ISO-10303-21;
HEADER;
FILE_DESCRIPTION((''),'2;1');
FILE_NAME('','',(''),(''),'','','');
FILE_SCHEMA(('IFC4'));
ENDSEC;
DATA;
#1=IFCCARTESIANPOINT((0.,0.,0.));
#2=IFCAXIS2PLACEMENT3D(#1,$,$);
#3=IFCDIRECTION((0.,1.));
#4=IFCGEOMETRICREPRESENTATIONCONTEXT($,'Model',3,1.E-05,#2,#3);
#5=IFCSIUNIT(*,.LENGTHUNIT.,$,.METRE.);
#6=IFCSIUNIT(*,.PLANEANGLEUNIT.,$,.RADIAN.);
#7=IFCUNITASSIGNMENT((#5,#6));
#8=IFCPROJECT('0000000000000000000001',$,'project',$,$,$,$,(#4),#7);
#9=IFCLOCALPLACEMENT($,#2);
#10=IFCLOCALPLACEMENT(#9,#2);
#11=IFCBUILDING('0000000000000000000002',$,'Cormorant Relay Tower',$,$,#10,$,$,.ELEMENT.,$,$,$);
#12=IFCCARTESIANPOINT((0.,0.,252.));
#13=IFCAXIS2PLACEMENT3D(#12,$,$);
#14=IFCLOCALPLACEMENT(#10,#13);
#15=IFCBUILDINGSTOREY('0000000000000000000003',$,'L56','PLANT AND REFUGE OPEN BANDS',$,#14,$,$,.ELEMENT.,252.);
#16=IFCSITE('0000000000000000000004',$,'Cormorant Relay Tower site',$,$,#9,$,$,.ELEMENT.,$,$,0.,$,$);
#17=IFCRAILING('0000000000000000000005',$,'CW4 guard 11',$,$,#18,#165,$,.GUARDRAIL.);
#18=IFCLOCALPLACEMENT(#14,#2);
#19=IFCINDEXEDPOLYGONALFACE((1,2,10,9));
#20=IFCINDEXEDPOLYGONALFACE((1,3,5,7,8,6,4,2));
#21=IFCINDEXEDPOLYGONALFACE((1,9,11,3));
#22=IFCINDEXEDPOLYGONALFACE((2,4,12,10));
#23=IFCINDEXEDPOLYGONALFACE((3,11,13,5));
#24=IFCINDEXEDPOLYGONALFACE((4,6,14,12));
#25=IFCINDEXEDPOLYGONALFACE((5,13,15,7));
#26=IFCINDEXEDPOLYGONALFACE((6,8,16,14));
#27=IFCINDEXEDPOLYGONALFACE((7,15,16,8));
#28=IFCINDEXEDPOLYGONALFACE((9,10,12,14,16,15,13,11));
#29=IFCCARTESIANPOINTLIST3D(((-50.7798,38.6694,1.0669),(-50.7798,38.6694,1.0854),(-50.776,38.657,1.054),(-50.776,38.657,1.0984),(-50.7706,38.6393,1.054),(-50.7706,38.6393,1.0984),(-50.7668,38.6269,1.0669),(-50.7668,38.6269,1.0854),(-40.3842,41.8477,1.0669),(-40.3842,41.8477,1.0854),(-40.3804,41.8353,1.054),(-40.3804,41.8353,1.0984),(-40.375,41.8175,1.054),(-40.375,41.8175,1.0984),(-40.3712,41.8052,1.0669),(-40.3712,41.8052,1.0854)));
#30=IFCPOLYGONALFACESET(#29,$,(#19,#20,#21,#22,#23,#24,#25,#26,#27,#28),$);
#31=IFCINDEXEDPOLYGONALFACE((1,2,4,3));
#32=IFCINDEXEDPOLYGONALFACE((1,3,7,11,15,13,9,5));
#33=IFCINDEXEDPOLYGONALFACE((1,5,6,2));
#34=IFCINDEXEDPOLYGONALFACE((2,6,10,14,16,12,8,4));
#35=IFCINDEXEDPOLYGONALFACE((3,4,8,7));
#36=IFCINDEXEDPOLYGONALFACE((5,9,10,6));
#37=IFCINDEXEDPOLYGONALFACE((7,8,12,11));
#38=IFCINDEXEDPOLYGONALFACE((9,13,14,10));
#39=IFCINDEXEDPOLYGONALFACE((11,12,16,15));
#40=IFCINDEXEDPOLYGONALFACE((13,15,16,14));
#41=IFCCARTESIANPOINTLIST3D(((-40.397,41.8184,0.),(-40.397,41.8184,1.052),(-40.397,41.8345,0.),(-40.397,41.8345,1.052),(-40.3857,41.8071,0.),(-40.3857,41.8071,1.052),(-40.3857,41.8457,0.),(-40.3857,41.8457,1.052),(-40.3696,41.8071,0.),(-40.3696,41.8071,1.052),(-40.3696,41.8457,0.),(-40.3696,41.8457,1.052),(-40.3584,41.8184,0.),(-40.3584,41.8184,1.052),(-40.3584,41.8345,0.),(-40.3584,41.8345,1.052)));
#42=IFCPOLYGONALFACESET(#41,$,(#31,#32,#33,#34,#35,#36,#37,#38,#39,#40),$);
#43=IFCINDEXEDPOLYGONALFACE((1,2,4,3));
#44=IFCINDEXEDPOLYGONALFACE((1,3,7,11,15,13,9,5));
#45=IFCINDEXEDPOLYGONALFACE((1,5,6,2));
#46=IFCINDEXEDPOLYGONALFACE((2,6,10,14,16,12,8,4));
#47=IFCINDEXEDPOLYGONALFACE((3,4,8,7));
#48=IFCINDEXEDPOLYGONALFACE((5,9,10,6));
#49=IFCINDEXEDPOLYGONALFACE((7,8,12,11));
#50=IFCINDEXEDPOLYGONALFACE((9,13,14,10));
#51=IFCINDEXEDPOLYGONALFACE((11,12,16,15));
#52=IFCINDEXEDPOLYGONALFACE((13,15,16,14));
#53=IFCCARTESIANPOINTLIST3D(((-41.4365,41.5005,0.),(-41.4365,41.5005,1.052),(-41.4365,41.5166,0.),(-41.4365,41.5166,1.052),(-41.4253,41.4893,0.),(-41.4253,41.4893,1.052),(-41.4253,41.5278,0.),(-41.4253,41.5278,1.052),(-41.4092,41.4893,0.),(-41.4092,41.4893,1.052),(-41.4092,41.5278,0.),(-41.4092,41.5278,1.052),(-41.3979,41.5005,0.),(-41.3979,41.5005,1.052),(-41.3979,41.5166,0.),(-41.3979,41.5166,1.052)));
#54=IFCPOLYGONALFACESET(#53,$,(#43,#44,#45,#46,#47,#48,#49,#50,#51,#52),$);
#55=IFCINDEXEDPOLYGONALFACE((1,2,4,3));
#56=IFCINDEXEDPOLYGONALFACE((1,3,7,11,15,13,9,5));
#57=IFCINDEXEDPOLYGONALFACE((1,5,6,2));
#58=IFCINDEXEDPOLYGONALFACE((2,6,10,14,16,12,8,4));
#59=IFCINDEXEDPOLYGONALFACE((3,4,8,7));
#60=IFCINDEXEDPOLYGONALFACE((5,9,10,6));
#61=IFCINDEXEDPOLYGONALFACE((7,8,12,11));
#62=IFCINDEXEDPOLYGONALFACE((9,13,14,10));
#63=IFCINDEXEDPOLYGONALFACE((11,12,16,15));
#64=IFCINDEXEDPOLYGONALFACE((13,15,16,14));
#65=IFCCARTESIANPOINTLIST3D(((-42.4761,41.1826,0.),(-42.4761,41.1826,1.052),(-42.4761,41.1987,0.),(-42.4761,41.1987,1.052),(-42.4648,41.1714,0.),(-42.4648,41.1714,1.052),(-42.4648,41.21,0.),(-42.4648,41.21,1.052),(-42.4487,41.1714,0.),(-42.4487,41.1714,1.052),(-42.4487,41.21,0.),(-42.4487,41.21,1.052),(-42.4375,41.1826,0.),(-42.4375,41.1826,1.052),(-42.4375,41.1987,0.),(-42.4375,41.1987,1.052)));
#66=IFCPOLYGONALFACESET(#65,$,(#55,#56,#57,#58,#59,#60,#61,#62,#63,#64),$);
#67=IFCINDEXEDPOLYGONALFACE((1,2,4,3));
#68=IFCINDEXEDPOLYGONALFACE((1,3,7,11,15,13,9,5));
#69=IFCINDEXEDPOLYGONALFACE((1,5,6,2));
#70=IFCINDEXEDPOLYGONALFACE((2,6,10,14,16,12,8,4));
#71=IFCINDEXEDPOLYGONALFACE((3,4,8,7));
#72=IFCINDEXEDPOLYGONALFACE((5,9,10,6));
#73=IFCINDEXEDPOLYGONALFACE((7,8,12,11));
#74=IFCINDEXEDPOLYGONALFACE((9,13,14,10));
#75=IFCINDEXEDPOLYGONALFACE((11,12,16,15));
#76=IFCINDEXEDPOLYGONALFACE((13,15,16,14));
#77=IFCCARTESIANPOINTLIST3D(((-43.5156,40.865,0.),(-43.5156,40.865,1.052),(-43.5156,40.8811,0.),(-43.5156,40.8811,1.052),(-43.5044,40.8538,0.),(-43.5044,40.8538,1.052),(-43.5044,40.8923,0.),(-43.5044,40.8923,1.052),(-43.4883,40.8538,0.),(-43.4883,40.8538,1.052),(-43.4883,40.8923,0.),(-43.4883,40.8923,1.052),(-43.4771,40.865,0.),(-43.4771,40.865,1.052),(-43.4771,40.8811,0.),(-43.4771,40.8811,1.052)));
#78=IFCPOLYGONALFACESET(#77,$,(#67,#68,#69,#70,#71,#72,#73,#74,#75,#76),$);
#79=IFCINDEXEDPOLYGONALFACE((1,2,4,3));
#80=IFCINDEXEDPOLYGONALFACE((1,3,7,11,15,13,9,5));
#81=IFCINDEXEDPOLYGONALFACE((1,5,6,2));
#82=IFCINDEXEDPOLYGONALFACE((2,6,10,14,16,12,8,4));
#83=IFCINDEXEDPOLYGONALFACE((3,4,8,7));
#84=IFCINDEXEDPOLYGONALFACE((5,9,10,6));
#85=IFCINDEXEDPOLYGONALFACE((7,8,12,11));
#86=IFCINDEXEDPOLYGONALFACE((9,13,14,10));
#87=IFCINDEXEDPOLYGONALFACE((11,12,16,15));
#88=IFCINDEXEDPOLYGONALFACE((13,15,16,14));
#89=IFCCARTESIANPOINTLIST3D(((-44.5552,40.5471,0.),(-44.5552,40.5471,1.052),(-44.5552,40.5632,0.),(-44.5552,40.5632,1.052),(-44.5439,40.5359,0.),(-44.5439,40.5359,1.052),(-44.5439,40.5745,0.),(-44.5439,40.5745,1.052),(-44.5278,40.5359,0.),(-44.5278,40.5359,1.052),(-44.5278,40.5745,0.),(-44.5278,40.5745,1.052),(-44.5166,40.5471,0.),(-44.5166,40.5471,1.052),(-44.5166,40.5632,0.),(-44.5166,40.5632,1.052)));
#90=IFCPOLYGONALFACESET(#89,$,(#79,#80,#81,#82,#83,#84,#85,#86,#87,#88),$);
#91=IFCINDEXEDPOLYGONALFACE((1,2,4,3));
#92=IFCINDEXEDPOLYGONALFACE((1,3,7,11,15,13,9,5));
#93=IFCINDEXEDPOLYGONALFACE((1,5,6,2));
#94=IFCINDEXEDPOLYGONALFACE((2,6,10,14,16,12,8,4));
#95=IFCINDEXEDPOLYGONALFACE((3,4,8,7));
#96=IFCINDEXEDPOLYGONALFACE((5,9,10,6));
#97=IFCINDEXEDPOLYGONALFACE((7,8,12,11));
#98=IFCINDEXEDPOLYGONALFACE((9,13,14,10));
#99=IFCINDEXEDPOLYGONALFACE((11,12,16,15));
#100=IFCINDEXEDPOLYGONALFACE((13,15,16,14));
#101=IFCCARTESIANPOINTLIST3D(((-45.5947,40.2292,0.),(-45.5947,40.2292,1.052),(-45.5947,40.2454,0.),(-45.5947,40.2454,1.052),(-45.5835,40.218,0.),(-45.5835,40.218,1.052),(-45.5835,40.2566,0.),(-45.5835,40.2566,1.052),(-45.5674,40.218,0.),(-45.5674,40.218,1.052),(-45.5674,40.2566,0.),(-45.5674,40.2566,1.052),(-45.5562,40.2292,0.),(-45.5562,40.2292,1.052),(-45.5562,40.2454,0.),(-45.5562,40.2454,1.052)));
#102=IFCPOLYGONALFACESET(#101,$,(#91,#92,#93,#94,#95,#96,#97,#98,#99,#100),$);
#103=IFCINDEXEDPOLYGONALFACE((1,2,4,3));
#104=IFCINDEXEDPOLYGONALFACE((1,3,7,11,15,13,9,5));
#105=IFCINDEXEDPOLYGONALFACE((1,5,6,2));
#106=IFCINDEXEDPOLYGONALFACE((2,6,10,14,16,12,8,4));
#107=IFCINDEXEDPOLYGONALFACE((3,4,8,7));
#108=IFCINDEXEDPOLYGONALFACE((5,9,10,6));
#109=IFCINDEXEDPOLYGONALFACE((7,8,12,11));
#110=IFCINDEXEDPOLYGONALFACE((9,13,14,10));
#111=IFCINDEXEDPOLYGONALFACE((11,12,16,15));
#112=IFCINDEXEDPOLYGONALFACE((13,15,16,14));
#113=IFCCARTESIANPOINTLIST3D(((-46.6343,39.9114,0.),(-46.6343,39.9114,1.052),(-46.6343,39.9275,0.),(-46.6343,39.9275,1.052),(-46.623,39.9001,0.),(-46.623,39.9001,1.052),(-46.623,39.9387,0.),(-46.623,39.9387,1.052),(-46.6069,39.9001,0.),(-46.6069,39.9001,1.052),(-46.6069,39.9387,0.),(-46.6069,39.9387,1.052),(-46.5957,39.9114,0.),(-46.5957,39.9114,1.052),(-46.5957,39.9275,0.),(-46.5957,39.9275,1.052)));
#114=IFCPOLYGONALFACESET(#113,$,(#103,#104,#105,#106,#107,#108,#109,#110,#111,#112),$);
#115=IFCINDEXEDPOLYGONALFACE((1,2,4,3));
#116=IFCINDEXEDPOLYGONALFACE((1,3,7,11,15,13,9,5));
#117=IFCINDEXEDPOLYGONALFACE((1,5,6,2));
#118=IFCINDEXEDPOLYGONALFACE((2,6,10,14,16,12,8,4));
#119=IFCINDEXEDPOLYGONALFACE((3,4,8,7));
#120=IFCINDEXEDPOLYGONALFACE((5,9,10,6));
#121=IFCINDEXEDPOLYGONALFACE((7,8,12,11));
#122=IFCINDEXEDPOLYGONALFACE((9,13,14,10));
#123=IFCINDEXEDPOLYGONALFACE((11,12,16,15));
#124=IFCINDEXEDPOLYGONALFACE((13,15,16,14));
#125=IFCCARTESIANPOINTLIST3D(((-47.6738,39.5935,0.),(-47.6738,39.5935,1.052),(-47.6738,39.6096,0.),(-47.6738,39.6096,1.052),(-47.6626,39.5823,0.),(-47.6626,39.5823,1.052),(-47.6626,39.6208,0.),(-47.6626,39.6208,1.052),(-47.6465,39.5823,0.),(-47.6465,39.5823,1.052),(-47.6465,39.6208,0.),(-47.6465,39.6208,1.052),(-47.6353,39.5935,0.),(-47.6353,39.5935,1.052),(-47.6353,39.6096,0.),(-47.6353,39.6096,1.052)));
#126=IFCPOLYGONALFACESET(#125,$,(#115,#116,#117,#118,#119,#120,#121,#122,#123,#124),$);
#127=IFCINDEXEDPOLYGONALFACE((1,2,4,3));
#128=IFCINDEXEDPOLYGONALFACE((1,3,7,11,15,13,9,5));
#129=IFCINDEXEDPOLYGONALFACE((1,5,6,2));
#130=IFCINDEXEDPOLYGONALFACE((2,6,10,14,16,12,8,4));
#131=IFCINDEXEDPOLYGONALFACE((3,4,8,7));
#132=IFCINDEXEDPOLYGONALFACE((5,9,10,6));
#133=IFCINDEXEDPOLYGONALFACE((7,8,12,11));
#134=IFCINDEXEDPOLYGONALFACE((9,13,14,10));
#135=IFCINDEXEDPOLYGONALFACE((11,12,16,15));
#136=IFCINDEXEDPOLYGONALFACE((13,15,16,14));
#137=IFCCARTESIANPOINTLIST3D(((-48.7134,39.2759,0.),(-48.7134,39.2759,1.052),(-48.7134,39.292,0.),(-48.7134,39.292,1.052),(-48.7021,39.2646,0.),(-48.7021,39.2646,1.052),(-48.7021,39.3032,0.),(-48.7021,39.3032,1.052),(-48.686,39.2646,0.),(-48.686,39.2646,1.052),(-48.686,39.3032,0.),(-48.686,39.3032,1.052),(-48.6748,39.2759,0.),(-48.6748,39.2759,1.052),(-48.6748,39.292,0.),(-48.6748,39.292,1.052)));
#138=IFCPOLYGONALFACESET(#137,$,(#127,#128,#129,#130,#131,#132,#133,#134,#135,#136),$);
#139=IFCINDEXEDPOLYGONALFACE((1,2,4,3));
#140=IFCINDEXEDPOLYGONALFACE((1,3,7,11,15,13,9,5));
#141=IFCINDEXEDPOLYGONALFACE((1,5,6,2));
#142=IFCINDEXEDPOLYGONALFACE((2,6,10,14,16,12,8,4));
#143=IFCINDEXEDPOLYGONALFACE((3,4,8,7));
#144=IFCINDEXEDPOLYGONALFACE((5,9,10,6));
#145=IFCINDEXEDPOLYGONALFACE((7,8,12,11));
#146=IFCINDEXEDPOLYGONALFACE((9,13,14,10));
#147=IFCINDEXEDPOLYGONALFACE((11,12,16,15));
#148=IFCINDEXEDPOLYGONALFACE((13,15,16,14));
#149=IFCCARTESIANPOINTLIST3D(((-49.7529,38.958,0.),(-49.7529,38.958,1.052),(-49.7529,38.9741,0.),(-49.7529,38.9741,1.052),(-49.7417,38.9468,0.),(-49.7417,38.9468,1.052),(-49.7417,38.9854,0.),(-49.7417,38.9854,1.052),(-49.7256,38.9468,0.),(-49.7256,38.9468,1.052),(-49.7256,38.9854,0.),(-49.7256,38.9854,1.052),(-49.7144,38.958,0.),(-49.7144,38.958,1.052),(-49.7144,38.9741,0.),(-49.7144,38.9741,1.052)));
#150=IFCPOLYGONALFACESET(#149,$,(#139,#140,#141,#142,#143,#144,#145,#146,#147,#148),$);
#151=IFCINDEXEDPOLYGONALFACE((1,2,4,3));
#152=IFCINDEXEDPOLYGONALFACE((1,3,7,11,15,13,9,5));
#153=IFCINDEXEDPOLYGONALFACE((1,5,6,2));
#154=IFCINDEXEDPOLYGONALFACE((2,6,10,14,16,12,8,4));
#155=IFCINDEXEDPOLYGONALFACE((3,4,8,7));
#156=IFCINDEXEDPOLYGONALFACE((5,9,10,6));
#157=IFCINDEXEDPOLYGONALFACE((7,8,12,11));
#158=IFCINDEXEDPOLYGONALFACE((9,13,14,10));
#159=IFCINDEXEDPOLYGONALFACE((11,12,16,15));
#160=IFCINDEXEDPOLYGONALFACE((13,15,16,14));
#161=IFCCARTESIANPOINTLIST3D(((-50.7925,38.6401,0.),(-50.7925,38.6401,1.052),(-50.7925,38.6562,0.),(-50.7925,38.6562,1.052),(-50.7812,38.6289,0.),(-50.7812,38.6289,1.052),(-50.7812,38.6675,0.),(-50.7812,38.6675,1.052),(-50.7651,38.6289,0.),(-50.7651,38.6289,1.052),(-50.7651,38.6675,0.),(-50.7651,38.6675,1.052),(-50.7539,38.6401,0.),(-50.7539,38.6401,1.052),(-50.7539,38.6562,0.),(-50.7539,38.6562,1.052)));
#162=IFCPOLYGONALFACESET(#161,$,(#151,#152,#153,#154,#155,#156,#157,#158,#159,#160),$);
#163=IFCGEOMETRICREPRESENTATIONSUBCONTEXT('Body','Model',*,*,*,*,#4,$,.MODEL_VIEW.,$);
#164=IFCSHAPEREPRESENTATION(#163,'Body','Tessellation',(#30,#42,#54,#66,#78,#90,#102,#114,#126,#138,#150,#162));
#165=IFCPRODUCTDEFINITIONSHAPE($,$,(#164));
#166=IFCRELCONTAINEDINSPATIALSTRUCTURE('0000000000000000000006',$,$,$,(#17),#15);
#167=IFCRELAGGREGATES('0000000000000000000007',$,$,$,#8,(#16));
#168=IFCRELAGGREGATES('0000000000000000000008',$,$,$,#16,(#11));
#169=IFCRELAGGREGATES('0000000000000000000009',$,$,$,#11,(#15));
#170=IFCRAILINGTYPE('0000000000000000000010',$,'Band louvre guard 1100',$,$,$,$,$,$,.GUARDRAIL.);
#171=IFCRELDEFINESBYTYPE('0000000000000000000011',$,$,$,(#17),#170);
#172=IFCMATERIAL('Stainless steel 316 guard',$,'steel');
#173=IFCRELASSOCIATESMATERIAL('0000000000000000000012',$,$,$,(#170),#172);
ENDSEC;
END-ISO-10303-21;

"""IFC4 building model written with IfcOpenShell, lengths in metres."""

from ifc_helpers import new_model, si_unit, direction, frame, origin, place, context, subcontext, project, spatial, polyline, outline, extrude, material, type_object, element, save


model = new_model("IFC4")

# Units and contexts
model_context = context("Model", 3, precision=1e-05, world=origin(), true_north=direction((0.0, 1.0)))
body_context = subcontext(model_context, "Body", "Model", "MODEL_VIEW")
ifc_project = project(units=[si_unit("LENGTHUNIT", "METRE"), si_unit("PLANEANGLEUNIT", "RADIAN")], contexts=[model_context])

# Site, building, storey
site_placement = place(None, origin())
site = spatial("IfcSite", under=ifc_project, at=site_placement, Name="Cormorant Relay Tower site", CompositionType="ELEMENT", RefElevation=0.0)
building_placement = place(site_placement, origin())
building = spatial("IfcBuilding", under=site, at=building_placement, Name="Cormorant Relay Tower", CompositionType="ELEMENT")
storey_placement = place(building_placement, frame((0.0, 0.0, 252.0)))
storey = spatial("IfcBuildingStorey", under=building, at=storey_placement, Name="L56", Description="PLANT AND REFUGE OPEN BANDS", CompositionType="ELEMENT", Elevation=252.0)

# Railing
ifc_material_1 = material(Name="Stainless steel 316 guard", Category="steel")
railing_type = type_object("IfcRailingType", Name="Band louvre guard 1100", PredefinedType="GUARDRAIL", material=ifc_material_1)
railing_1_placement = place(storey_placement, frame((-40.3777, 41.8264, 0.0)))
element("IfcRailing", 1, at=railing_1_placement, inside=storey, type_object=railing_type, Name="CW4 guard 11", PredefinedType="GUARDRAIL", context=body_context, shape_type="SweptSolid", body=[
    extrude(outline(polyline([(0.0222, 0.0093), (0.0093, 0.0222), (-0.0093, 0.0222), (-0.0222, 0.0093), (-0.0222, -0.0093), (-0.0093, -0.0222), (0.0093, -0.0222), (0.0222, -0.0093), (0.0222, 0.0093)])), frame((0.0, 0.0, 1.0762), z_axis=(-0.956305, -0.292371, 0.0), x_axis=(0.292371, -0.956305, 0.0)), (0.0, 0.0, 1.0), 10.8706),
    extrude(outline(polyline([(0.0193, 0.0081), (0.0081, 0.0193), (-0.0081, 0.0193), (-0.0193, 0.0081), (-0.0193, -0.0081), (-0.0081, -0.0193), (0.0081, -0.0193), (0.0193, -0.0081), (0.0193, 0.0081)])), origin(), (0.0, 0.0, 1.0), 1.052),
    extrude(outline(polyline([(0.0193, 0.0081), (0.0081, 0.0193), (-0.0081, 0.0193), (-0.0193, 0.0081), (-0.0193, -0.0081), (-0.0081, -0.0193), (0.0081, -0.0193), (0.0193, -0.0081), (0.0193, 0.0081)])), frame((-1.0396, -0.3179, 0.0)), (0.0, 0.0, 1.0), 1.052),
    extrude(outline(polyline([(0.0193, 0.0081), (0.0081, 0.0193), (-0.0081, 0.0193), (-0.0193, 0.0081), (-0.0193, -0.0081), (-0.0081, -0.0193), (0.0081, -0.0193), (0.0193, -0.0081), (0.0193, 0.0081)])), frame((-2.0791, -0.6357, 0.0)), (0.0, 0.0, 1.0), 1.052),
    extrude(outline(polyline([(0.0193, 0.0081), (0.0081, 0.0193), (-0.0081, 0.0193), (-0.0193, 0.0081), (-0.0193, -0.0081), (-0.0081, -0.0193), (0.0081, -0.0193), (0.0193, -0.0081), (0.0193, 0.0081)])), frame((-3.1187, -0.9534, 0.0)), (0.0, 0.0, 1.0), 1.052),
    extrude(outline(polyline([(0.0193, 0.0081), (0.0081, 0.0193), (-0.0081, 0.0193), (-0.0193, 0.0081), (-0.0193, -0.0081), (-0.0081, -0.0193), (0.0081, -0.0193), (0.0193, -0.0081), (0.0193, 0.0081)])), frame((-4.1582, -1.2712, 0.0)), (0.0, 0.0, 1.0), 1.052),
    extrude(outline(polyline([(0.0193, 0.0081), (0.0081, 0.0193), (-0.0081, 0.0193), (-0.0193, 0.0081), (-0.0193, -0.0081), (-0.0081, -0.0193), (0.0081, -0.0193), (0.0193, -0.0081), (0.0193, 0.0081)])), frame((-5.1978, -1.5891, 0.0)), (0.0, 0.0, 1.0), 1.052),
    extrude(outline(polyline([(0.0193, 0.0081), (0.0081, 0.0193), (-0.0081, 0.0193), (-0.0193, 0.0081), (-0.0193, -0.0081), (-0.0081, -0.0193), (0.0081, -0.0193), (0.0193, -0.0081), (0.0193, 0.0081)])), frame((-6.2373, -1.907, 0.0)), (0.0, 0.0, 1.0), 1.052),
    extrude(outline(polyline([(0.0193, 0.0081), (0.0081, 0.0193), (-0.0081, 0.0193), (-0.0193, 0.0081), (-0.0193, -0.0081), (-0.0081, -0.0193), (0.0081, -0.0193), (0.0193, -0.0081), (0.0193, 0.0081)])), frame((-7.2769, -2.2249, 0.0)), (0.0, 0.0, 1.0), 1.052),
    extrude(outline(polyline([(0.0193, 0.0081), (0.0081, 0.0193), (-0.0081, 0.0193), (-0.0193, 0.0081), (-0.0193, -0.0081), (-0.0081, -0.0193), (0.0081, -0.0193), (0.0193, -0.0081), (0.0193, 0.0081)])), frame((-8.3164, -2.5425, 0.0)), (0.0, 0.0, 1.0), 1.052),
    extrude(outline(polyline([(0.0193, 0.0081), (0.0081, 0.0193), (-0.0081, 0.0193), (-0.0193, 0.0081), (-0.0193, -0.0081), (-0.0081, -0.0193), (0.0081, -0.0193), (0.0193, -0.0081), (0.0193, 0.0081)])), frame((-9.356, -2.8604, 0.0)), (0.0, 0.0, 1.0), 1.052),
    extrude(outline(polyline([(0.0193, 0.0081), (0.0081, 0.0193), (-0.0081, 0.0193), (-0.0193, 0.0081), (-0.0193, -0.0081), (-0.0081, -0.0193), (0.0081, -0.0193), (0.0193, -0.0081), (0.0193, 0.0081)])), frame((-10.3955, -3.1782, 0.0)), (0.0, 0.0, 1.0), 1.052),
])

save(model, "model.ifc")
